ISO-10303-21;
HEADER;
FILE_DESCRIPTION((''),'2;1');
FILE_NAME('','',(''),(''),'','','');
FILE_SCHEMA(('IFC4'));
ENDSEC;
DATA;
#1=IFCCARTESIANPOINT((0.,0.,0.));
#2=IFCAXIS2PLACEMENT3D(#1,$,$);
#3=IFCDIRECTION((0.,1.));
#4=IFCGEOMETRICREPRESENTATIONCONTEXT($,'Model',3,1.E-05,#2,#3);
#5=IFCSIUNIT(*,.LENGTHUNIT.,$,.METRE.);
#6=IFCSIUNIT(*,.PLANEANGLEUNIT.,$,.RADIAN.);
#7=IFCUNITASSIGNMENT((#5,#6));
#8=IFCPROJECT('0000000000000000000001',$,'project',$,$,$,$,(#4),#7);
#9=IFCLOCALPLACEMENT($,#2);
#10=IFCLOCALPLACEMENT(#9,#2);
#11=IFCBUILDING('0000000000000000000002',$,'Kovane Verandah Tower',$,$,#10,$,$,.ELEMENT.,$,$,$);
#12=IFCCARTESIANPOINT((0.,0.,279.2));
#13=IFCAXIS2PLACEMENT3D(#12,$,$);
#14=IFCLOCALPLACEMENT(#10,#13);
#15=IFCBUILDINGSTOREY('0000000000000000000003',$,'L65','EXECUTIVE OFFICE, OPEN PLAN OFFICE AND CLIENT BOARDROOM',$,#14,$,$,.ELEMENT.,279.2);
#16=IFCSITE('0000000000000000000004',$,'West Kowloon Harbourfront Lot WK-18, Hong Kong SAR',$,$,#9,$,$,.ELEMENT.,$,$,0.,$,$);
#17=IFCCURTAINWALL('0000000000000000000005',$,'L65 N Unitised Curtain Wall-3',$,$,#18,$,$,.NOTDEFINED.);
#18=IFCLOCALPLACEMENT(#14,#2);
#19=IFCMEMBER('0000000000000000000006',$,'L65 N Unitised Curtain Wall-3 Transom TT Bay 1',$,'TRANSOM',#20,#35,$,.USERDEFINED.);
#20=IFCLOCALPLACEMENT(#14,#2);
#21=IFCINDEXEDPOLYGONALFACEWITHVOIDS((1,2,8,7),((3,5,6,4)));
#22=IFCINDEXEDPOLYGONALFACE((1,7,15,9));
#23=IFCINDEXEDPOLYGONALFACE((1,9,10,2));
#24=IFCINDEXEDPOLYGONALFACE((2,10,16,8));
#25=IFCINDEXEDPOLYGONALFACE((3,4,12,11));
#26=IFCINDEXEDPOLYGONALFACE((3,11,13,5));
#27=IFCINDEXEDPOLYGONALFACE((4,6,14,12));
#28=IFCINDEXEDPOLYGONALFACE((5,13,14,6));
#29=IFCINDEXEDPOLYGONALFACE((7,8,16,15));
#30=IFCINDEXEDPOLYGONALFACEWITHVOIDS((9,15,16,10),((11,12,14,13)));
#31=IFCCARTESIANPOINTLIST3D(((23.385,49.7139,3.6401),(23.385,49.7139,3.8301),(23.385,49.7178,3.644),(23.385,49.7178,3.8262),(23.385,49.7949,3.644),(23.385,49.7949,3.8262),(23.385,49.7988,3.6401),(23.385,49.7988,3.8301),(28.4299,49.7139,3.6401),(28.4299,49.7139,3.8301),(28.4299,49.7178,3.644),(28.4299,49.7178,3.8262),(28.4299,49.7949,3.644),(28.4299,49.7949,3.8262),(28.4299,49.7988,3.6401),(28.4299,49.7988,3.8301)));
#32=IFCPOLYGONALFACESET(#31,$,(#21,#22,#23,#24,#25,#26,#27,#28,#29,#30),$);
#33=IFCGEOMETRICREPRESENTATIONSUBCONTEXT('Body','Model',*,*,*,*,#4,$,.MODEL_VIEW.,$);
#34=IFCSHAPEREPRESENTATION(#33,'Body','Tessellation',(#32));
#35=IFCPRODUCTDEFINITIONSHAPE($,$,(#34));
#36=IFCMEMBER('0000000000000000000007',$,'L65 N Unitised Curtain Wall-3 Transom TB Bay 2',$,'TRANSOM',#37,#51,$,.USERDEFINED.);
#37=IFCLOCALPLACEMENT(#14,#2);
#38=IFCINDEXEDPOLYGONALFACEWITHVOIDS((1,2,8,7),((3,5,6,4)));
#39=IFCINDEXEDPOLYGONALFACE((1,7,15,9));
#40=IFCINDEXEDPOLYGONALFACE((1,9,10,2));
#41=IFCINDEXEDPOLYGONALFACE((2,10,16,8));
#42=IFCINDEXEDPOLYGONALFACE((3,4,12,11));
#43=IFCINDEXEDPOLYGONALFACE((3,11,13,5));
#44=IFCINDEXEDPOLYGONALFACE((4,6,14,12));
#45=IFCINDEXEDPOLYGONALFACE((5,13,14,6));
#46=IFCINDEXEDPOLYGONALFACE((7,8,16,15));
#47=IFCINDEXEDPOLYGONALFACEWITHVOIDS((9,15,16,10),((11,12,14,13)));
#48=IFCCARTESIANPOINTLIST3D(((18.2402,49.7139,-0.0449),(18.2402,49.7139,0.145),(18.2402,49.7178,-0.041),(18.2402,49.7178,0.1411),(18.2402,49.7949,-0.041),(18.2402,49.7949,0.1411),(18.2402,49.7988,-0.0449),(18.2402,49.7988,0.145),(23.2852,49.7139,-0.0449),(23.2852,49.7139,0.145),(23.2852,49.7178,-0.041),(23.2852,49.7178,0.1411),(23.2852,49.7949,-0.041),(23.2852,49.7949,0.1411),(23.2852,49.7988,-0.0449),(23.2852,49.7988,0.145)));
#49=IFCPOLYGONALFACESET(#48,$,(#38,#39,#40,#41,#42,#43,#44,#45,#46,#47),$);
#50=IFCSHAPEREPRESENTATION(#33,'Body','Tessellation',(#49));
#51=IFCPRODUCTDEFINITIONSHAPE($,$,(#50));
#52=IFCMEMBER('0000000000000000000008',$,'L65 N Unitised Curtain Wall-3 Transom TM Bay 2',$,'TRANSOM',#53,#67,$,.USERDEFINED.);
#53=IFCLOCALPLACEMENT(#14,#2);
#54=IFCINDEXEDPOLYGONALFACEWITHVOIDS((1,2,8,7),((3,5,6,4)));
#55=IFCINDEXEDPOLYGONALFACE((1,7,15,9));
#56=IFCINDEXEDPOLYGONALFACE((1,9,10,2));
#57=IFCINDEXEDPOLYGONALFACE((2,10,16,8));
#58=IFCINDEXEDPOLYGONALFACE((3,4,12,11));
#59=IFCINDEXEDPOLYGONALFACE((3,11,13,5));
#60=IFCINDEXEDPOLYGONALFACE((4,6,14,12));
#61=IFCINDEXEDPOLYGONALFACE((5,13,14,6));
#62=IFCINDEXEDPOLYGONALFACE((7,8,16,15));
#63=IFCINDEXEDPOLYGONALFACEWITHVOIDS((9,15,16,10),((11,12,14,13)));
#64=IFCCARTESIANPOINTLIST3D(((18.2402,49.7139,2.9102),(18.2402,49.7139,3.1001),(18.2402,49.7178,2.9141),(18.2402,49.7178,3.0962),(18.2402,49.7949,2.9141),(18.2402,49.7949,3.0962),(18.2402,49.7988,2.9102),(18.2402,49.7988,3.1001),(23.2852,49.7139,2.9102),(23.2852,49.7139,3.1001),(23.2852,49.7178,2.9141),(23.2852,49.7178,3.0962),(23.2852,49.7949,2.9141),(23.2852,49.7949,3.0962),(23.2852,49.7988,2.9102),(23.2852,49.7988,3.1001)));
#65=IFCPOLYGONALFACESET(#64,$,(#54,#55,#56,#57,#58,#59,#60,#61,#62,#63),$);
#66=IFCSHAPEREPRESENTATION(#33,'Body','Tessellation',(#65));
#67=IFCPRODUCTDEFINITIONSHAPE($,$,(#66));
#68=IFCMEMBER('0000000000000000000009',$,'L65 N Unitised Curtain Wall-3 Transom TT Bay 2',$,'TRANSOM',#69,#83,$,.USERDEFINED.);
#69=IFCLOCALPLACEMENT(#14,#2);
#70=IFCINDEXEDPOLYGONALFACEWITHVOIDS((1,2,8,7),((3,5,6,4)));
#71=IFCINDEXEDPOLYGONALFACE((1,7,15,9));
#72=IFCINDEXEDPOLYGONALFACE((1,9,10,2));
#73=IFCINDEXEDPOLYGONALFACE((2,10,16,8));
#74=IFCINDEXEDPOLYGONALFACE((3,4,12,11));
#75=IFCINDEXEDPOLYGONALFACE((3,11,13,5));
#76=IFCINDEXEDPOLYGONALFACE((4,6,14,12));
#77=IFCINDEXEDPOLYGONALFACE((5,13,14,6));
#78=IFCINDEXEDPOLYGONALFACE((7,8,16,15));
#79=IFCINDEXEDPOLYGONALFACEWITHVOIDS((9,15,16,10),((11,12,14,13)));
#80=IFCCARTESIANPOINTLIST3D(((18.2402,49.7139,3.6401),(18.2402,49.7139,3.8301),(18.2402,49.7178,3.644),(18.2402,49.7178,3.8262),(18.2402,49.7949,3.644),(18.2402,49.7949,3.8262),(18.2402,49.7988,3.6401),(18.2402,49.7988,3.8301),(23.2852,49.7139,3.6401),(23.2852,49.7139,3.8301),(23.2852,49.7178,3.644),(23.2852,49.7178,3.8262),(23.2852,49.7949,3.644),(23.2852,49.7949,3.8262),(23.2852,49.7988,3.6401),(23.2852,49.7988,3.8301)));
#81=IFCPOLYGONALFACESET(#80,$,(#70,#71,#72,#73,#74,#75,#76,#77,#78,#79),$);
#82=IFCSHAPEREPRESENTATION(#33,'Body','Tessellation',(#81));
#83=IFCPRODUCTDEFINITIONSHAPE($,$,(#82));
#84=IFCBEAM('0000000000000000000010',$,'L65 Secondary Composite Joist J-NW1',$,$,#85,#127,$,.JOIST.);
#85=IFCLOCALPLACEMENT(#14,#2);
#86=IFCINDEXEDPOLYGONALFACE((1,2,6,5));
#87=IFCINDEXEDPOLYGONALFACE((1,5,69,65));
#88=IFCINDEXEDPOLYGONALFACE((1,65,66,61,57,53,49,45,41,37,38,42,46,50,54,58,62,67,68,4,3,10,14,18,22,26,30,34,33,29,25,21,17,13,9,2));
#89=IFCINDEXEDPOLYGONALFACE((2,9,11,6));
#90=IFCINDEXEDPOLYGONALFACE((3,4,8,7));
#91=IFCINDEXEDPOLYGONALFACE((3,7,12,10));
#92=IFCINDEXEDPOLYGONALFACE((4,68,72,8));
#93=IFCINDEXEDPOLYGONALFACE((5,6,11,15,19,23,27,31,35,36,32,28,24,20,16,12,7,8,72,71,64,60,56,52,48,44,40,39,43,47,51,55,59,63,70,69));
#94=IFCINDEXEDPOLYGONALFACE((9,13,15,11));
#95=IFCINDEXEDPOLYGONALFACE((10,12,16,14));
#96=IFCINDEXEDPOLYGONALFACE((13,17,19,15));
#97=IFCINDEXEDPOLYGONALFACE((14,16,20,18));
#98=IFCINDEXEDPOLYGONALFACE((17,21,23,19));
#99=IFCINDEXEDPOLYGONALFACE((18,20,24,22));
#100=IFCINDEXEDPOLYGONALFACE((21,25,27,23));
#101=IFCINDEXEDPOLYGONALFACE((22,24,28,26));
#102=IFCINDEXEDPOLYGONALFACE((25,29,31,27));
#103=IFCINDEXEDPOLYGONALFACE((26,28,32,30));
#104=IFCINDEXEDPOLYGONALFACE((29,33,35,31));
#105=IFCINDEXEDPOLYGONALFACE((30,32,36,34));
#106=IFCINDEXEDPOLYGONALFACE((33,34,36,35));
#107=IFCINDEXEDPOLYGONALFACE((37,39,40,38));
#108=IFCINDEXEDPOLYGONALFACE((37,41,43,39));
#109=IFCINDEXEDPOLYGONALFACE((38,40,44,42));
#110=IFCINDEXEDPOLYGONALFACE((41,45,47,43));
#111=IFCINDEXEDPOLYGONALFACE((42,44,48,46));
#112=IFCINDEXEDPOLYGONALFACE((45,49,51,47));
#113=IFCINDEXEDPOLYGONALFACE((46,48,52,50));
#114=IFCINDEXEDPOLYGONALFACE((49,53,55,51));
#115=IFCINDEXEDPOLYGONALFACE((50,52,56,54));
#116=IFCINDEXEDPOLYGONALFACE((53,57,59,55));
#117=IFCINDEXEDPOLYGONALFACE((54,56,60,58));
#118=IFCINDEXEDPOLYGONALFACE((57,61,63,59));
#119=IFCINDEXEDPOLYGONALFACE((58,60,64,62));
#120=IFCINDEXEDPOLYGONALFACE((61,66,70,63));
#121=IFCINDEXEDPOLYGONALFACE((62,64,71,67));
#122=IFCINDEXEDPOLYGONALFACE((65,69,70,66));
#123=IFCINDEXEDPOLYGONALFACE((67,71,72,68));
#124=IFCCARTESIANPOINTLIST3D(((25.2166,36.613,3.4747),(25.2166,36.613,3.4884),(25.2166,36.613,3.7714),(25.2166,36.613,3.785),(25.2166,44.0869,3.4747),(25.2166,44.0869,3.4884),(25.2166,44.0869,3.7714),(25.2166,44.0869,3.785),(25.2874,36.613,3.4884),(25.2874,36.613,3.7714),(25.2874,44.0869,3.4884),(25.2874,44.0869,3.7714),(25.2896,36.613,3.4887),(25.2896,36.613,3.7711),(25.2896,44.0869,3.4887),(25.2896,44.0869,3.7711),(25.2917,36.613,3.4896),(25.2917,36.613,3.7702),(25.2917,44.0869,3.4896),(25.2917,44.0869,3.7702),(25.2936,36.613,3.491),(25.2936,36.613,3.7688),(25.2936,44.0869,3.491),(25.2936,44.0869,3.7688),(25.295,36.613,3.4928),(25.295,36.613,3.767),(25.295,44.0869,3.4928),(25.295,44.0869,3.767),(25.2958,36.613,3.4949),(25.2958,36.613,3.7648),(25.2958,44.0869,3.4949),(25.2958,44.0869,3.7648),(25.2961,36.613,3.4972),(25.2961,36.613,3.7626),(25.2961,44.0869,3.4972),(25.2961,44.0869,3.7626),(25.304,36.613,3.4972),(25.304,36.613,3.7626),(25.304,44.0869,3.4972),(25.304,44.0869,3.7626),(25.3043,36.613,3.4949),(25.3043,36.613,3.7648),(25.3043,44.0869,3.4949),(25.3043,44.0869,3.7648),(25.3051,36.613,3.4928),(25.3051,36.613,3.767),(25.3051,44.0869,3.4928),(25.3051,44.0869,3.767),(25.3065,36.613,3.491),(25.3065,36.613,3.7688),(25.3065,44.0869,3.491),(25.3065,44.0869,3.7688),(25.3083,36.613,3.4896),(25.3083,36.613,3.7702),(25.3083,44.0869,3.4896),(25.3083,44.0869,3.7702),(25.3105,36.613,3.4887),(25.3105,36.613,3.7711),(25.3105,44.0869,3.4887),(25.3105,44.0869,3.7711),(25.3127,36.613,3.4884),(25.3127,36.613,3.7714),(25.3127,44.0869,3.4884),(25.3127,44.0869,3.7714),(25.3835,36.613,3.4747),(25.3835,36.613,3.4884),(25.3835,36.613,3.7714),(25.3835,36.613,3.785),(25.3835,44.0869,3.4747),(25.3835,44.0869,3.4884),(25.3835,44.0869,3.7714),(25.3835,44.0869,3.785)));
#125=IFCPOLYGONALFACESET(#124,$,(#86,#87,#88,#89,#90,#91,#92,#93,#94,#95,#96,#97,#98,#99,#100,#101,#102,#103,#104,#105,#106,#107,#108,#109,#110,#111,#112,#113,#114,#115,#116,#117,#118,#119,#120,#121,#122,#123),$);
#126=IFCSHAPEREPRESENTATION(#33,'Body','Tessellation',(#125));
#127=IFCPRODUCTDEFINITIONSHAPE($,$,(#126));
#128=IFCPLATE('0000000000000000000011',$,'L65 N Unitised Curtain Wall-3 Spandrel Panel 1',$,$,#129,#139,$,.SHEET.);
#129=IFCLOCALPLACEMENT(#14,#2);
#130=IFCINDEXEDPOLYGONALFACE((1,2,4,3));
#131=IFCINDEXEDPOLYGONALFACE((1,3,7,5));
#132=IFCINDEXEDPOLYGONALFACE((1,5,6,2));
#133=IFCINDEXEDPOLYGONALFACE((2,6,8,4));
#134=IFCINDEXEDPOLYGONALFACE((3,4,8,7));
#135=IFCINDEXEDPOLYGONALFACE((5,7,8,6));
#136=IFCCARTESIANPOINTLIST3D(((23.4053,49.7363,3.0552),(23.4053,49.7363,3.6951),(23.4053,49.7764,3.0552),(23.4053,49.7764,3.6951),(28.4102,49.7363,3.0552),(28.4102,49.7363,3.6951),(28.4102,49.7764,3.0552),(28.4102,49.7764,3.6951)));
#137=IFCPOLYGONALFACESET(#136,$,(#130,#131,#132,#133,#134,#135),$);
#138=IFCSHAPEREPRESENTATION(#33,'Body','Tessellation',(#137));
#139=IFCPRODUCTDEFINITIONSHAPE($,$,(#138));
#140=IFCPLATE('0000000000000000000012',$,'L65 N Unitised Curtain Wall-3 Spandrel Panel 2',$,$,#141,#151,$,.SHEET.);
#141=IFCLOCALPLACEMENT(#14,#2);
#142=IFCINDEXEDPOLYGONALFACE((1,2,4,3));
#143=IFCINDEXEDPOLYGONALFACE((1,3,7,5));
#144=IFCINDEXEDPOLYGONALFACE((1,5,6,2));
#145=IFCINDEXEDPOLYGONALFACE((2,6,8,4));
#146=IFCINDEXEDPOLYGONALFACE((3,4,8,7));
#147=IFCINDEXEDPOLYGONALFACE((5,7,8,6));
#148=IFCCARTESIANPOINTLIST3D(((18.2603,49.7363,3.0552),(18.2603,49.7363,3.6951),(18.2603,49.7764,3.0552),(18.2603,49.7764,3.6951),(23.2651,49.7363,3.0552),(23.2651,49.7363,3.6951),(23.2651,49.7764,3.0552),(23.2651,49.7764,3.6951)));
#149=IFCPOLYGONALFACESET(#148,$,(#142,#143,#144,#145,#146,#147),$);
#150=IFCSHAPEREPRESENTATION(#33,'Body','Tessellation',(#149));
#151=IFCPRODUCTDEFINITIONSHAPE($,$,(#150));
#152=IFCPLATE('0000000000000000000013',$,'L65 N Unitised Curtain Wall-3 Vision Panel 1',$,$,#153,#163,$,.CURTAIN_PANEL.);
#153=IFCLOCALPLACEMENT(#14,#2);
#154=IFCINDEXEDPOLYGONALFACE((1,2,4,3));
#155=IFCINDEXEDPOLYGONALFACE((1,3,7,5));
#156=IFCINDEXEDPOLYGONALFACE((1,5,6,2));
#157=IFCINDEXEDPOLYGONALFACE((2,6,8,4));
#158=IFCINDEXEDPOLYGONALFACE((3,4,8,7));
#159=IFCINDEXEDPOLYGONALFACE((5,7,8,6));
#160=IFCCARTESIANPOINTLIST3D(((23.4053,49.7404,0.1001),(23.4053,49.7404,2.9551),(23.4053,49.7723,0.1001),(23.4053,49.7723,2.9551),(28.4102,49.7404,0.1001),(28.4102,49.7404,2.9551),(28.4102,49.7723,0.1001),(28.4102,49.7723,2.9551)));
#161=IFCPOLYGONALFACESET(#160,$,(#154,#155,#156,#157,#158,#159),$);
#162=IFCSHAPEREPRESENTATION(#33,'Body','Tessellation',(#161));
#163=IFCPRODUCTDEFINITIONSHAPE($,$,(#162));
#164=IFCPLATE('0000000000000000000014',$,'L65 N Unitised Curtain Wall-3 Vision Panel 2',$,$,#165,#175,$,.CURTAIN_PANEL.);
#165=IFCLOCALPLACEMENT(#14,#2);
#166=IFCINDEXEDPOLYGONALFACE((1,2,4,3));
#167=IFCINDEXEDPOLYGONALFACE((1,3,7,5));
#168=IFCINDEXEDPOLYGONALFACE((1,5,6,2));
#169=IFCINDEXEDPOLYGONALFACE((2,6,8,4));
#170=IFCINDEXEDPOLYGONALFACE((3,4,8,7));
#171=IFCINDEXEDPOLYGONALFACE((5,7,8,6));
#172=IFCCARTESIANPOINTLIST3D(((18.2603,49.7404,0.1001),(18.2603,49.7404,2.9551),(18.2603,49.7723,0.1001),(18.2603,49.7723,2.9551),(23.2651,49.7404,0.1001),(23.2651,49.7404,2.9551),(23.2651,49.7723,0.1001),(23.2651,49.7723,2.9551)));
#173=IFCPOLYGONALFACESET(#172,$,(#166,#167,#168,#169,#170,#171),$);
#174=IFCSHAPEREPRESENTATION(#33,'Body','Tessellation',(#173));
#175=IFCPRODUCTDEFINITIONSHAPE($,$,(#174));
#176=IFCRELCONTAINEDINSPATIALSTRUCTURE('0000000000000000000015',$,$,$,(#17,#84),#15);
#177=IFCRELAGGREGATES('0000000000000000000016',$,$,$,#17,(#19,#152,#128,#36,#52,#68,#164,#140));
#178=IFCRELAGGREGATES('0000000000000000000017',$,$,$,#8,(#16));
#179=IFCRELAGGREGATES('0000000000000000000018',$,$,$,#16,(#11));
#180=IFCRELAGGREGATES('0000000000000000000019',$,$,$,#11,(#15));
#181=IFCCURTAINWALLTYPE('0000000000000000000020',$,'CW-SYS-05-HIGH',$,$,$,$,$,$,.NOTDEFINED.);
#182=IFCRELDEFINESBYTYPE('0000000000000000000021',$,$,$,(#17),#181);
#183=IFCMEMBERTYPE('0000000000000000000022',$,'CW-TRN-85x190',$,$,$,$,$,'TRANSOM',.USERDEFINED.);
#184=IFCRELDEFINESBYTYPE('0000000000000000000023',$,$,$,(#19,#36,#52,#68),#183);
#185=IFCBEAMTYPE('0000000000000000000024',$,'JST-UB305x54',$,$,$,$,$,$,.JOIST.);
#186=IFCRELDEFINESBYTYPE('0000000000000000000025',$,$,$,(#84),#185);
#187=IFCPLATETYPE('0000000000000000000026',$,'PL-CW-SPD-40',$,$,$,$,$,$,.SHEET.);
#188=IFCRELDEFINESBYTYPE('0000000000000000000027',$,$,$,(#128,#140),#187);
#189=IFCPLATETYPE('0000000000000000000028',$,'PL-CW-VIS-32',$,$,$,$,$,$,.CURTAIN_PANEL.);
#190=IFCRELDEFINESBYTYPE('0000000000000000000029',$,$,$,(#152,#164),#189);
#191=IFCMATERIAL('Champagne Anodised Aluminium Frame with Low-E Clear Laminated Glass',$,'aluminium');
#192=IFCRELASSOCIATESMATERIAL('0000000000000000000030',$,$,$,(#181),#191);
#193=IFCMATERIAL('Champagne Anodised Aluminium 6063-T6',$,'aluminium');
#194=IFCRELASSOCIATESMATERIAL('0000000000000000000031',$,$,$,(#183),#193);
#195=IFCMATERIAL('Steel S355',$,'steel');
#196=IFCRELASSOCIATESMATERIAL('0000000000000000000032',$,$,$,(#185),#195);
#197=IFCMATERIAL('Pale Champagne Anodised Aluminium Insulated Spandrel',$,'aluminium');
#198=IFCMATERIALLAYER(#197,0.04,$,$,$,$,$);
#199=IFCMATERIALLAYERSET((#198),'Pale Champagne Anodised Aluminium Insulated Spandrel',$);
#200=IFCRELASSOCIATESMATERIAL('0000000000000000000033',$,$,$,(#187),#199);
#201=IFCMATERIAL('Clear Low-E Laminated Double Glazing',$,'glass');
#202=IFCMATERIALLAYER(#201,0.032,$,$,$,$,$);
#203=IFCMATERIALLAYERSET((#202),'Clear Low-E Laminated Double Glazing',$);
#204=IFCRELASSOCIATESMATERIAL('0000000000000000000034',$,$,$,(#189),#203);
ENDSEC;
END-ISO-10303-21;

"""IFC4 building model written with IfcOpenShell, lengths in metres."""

from ifc_helpers import new_model, si_unit, direction, frame, origin, origin_2d, place, context, subcontext, project, spatial, rectangle, hollow_rectangle, i_section, extrude, material, layer, layer_set, material_profile, profile_set, type_object, element, aggregate, save


model = new_model("IFC4")

# Units and contexts
model_context = context("Model", 3, precision=1e-05, world=origin(), true_north=direction((0.0, 1.0)))
body_context = subcontext(model_context, "Body", "Model", "MODEL_VIEW")
ifc_project = project(units=[si_unit("LENGTHUNIT", "METRE"), si_unit("PLANEANGLEUNIT", "RADIAN")], contexts=[model_context])

# Site, building, storey
site_placement = place(None, origin())
site = spatial("IfcSite", under=ifc_project, at=site_placement, Name="West Kowloon Harbourfront Lot WK-18, Hong Kong SAR", CompositionType="ELEMENT", RefElevation=0.0)
building_placement = place(site_placement, origin())
building = spatial("IfcBuilding", under=site, at=building_placement, Name="Kovane Verandah Tower", CompositionType="ELEMENT")
storey_placement = place(building_placement, frame((0.0, 0.0, 279.2)))
storey = spatial("IfcBuildingStorey", under=building, at=storey_placement, Name="L65", Description="EXECUTIVE OFFICE, OPEN PLAN OFFICE AND CLIENT BOARDROOM", CompositionType="ELEMENT", Elevation=279.2)

# Shared definitions
ifc_material_1 = material(Name="Steel S355", Category="steel")

# Curtain wall, members
ifc_material_2 = material(Name="Champagne Anodised Aluminium Frame with Low-E Clear Laminated Glass", Category="aluminium")
curtain_wall_type = type_object("IfcCurtainWallType", Name="CW-SYS-05-HIGH", PredefinedType="NOTDEFINED", material=ifc_material_2)
curtain_wall_placement = place(storey_placement, origin())
curtain_wall = element("IfcCurtainWall", 1, at=curtain_wall_placement, inside=storey, type_object=curtain_wall_type, Name="L65 N Unitised Curtain Wall-3", PredefinedType="NOTDEFINED")
ifc_material_3 = material(Name="Champagne Anodised Aluminium 6063-T6", Category="aluminium")
ifc_material_profile_1 = material_profile(ifc_material_3, hollow_rectangle(XDim=0.085, YDim=0.1899, WallThickness=0.0039, at=origin_2d()), Name="AL85x190x4")
ifc_profile_set_1 = profile_set([ifc_material_profile_1], Name="Champagne Anodised Aluminium 6063-T6")
member_type_1 = type_object("IfcMemberType", Name="CW-TRN-85x190", ElementType="TRANSOM", PredefinedType="USERDEFINED", material=ifc_profile_set_1)
member_1_placement = place(storey_placement, frame((28.4299, 49.7563, 3.7351), z_axis=(-1.0, 0.0, 0.0), x_axis=(0.0, -1.0, 0.0)))
member_1 = element("IfcMember", 2, at=member_1_placement, type_object=member_type_1, Name="L65 N Unitised Curtain Wall-3 Transom TT Bay 1", ObjectType="TRANSOM", PredefinedType="USERDEFINED", context=body_context, shape_type="SweptSolid", body=[
    extrude(hollow_rectangle(XDim=0.085, YDim=0.1899, WallThickness=0.0039, at=origin_2d()), origin(), (0.0, 0.0, 1.0), 5.0449),
])
member_2_placement = place(storey_placement, frame((23.2852, 49.7563, 0.05), z_axis=(-1.0, 0.0, 0.0), x_axis=(0.0, -1.0, 0.0)))
member_2 = element("IfcMember", 3, at=member_2_placement, type_object=member_type_1, Name="L65 N Unitised Curtain Wall-3 Transom TB Bay 2", ObjectType="TRANSOM", PredefinedType="USERDEFINED", context=body_context, shape_type="SweptSolid", body=[
    extrude(hollow_rectangle(XDim=0.085, YDim=0.1899, WallThickness=0.0039, at=origin_2d()), origin(), (0.0, 0.0, 1.0), 5.0449),
])
member_3_placement = place(storey_placement, frame((23.2852, 49.7563, 3.0051), z_axis=(-1.0, 0.0, 0.0), x_axis=(0.0, -1.0, 0.0)))
member_3 = element("IfcMember", 4, at=member_3_placement, type_object=member_type_1, Name="L65 N Unitised Curtain Wall-3 Transom TM Bay 2", ObjectType="TRANSOM", PredefinedType="USERDEFINED", context=body_context, shape_type="SweptSolid", body=[
    extrude(hollow_rectangle(XDim=0.085, YDim=0.1899, WallThickness=0.0039, at=origin_2d()), origin(), (0.0, 0.0, 1.0), 5.0449),
])
member_4_placement = place(storey_placement, frame((23.2852, 49.7563, 3.7351), z_axis=(-1.0, 0.0, 0.0), x_axis=(0.0, -1.0, 0.0)))
member_4 = element("IfcMember", 5, at=member_4_placement, type_object=member_type_1, Name="L65 N Unitised Curtain Wall-3 Transom TT Bay 2", ObjectType="TRANSOM", PredefinedType="USERDEFINED", context=body_context, shape_type="SweptSolid", body=[
    extrude(hollow_rectangle(XDim=0.085, YDim=0.1899, WallThickness=0.0039, at=origin_2d()), origin(), (0.0, 0.0, 1.0), 5.0449),
])

# Beam
ifc_material_profile_2 = material_profile(ifc_material_1, i_section(OverallWidth=0.167, OverallDepth=0.3103, WebThickness=0.0078, FlangeThickness=0.0137, FilletRadius=0.0088, at=origin_2d()), Name="UB305x165x54")
ifc_profile_set_2 = profile_set([ifc_material_profile_2], Name="Steel S355")
beam_type_1 = type_object("IfcBeamType", Name="JST-UB305x54", PredefinedType="JOIST", material=ifc_profile_set_2)
beam_1_placement = place(storey_placement, frame((25.3, 36.613, 3.6299), z_axis=(0.0, 1.0, 0.0), x_axis=(-1.0, 0.0, 0.0)))
element("IfcBeam", 6, at=beam_1_placement, inside=storey, type_object=beam_type_1, Name="L65 Secondary Composite Joist J-NW1", PredefinedType="JOIST", context=body_context, shape_type="SweptSolid", body=[
    extrude(i_section(OverallWidth=0.167, OverallDepth=0.3103, WebThickness=0.0078, FlangeThickness=0.0137, FilletRadius=0.0088, at=origin_2d()), origin(), (0.0, 0.0, 1.0), 7.4739),
])

# Plates
ifc_material_4 = material(Name="Pale Champagne Anodised Aluminium Insulated Spandrel", Category="aluminium")
ifc_layer_1 = layer(ifc_material_4, 0.04)
ifc_layer_set_1 = layer_set([ifc_layer_1], Name="Pale Champagne Anodised Aluminium Insulated Spandrel")
plate_type_1 = type_object("IfcPlateType", Name="PL-CW-SPD-40", PredefinedType="SHEET", material=ifc_layer_set_1)
plate_1_placement = place(storey_placement, frame((25.9077, 49.7563, 3.0552), z_axis=(0.0, 0.0, 1.0), x_axis=(-1.0, 0.0, 0.0)))
plate_1 = element("IfcPlate", 7, at=plate_1_placement, type_object=plate_type_1, Name="L65 N Unitised Curtain Wall-3 Spandrel Panel 1", PredefinedType="SHEET", context=body_context, shape_type="SweptSolid", body=[
    extrude(rectangle(XDim=5.0049, YDim=0.04, at=origin_2d()), origin(), (0.0, 0.0, 1.0), 0.6399),
])
plate_2_placement = place(storey_placement, frame((20.7627, 49.7563, 3.0552), z_axis=(0.0, 0.0, 1.0), x_axis=(-1.0, 0.0, 0.0)))
plate_2 = element("IfcPlate", 8, at=plate_2_placement, type_object=plate_type_1, Name="L65 N Unitised Curtain Wall-3 Spandrel Panel 2", PredefinedType="SHEET", context=body_context, shape_type="SweptSolid", body=[
    extrude(rectangle(XDim=5.0049, YDim=0.04, at=origin_2d()), origin(), (0.0, 0.0, 1.0), 0.6399),
])
ifc_material_5 = material(Name="Clear Low-E Laminated Double Glazing", Category="glass")
ifc_layer_2 = layer(ifc_material_5, 0.032)
ifc_layer_set_2 = layer_set([ifc_layer_2], Name="Clear Low-E Laminated Double Glazing")
plate_type_2 = type_object("IfcPlateType", Name="PL-CW-VIS-32", PredefinedType="CURTAIN_PANEL", material=ifc_layer_set_2)
plate_3_placement = place(storey_placement, frame((25.9077, 49.7563, 0.1001), z_axis=(0.0, 0.0, 1.0), x_axis=(-1.0, 0.0, 0.0)))
plate_3 = element("IfcPlate", 9, at=plate_3_placement, type_object=plate_type_2, Name="L65 N Unitised Curtain Wall-3 Vision Panel 1", PredefinedType="CURTAIN_PANEL", context=body_context, shape_type="SweptSolid", body=[
    extrude(rectangle(XDim=5.0049, YDim=0.032, at=origin_2d()), origin(), (0.0, 0.0, 1.0), 2.855),
])
plate_4_placement = place(storey_placement, frame((20.7627, 49.7563, 0.1001), z_axis=(0.0, 0.0, 1.0), x_axis=(-1.0, 0.0, 0.0)))
plate_4 = element("IfcPlate", 10, at=plate_4_placement, type_object=plate_type_2, Name="L65 N Unitised Curtain Wall-3 Vision Panel 2", PredefinedType="CURTAIN_PANEL", context=body_context, shape_type="SweptSolid", body=[
    extrude(rectangle(XDim=5.0049, YDim=0.032, at=origin_2d()), origin(), (0.0, 0.0, 1.0), 2.855),
])
aggregate(curtain_wall, [member_1, plate_3, plate_1, member_2, member_3, member_4, plate_4, plate_2])

save(model, "model.ifc")
